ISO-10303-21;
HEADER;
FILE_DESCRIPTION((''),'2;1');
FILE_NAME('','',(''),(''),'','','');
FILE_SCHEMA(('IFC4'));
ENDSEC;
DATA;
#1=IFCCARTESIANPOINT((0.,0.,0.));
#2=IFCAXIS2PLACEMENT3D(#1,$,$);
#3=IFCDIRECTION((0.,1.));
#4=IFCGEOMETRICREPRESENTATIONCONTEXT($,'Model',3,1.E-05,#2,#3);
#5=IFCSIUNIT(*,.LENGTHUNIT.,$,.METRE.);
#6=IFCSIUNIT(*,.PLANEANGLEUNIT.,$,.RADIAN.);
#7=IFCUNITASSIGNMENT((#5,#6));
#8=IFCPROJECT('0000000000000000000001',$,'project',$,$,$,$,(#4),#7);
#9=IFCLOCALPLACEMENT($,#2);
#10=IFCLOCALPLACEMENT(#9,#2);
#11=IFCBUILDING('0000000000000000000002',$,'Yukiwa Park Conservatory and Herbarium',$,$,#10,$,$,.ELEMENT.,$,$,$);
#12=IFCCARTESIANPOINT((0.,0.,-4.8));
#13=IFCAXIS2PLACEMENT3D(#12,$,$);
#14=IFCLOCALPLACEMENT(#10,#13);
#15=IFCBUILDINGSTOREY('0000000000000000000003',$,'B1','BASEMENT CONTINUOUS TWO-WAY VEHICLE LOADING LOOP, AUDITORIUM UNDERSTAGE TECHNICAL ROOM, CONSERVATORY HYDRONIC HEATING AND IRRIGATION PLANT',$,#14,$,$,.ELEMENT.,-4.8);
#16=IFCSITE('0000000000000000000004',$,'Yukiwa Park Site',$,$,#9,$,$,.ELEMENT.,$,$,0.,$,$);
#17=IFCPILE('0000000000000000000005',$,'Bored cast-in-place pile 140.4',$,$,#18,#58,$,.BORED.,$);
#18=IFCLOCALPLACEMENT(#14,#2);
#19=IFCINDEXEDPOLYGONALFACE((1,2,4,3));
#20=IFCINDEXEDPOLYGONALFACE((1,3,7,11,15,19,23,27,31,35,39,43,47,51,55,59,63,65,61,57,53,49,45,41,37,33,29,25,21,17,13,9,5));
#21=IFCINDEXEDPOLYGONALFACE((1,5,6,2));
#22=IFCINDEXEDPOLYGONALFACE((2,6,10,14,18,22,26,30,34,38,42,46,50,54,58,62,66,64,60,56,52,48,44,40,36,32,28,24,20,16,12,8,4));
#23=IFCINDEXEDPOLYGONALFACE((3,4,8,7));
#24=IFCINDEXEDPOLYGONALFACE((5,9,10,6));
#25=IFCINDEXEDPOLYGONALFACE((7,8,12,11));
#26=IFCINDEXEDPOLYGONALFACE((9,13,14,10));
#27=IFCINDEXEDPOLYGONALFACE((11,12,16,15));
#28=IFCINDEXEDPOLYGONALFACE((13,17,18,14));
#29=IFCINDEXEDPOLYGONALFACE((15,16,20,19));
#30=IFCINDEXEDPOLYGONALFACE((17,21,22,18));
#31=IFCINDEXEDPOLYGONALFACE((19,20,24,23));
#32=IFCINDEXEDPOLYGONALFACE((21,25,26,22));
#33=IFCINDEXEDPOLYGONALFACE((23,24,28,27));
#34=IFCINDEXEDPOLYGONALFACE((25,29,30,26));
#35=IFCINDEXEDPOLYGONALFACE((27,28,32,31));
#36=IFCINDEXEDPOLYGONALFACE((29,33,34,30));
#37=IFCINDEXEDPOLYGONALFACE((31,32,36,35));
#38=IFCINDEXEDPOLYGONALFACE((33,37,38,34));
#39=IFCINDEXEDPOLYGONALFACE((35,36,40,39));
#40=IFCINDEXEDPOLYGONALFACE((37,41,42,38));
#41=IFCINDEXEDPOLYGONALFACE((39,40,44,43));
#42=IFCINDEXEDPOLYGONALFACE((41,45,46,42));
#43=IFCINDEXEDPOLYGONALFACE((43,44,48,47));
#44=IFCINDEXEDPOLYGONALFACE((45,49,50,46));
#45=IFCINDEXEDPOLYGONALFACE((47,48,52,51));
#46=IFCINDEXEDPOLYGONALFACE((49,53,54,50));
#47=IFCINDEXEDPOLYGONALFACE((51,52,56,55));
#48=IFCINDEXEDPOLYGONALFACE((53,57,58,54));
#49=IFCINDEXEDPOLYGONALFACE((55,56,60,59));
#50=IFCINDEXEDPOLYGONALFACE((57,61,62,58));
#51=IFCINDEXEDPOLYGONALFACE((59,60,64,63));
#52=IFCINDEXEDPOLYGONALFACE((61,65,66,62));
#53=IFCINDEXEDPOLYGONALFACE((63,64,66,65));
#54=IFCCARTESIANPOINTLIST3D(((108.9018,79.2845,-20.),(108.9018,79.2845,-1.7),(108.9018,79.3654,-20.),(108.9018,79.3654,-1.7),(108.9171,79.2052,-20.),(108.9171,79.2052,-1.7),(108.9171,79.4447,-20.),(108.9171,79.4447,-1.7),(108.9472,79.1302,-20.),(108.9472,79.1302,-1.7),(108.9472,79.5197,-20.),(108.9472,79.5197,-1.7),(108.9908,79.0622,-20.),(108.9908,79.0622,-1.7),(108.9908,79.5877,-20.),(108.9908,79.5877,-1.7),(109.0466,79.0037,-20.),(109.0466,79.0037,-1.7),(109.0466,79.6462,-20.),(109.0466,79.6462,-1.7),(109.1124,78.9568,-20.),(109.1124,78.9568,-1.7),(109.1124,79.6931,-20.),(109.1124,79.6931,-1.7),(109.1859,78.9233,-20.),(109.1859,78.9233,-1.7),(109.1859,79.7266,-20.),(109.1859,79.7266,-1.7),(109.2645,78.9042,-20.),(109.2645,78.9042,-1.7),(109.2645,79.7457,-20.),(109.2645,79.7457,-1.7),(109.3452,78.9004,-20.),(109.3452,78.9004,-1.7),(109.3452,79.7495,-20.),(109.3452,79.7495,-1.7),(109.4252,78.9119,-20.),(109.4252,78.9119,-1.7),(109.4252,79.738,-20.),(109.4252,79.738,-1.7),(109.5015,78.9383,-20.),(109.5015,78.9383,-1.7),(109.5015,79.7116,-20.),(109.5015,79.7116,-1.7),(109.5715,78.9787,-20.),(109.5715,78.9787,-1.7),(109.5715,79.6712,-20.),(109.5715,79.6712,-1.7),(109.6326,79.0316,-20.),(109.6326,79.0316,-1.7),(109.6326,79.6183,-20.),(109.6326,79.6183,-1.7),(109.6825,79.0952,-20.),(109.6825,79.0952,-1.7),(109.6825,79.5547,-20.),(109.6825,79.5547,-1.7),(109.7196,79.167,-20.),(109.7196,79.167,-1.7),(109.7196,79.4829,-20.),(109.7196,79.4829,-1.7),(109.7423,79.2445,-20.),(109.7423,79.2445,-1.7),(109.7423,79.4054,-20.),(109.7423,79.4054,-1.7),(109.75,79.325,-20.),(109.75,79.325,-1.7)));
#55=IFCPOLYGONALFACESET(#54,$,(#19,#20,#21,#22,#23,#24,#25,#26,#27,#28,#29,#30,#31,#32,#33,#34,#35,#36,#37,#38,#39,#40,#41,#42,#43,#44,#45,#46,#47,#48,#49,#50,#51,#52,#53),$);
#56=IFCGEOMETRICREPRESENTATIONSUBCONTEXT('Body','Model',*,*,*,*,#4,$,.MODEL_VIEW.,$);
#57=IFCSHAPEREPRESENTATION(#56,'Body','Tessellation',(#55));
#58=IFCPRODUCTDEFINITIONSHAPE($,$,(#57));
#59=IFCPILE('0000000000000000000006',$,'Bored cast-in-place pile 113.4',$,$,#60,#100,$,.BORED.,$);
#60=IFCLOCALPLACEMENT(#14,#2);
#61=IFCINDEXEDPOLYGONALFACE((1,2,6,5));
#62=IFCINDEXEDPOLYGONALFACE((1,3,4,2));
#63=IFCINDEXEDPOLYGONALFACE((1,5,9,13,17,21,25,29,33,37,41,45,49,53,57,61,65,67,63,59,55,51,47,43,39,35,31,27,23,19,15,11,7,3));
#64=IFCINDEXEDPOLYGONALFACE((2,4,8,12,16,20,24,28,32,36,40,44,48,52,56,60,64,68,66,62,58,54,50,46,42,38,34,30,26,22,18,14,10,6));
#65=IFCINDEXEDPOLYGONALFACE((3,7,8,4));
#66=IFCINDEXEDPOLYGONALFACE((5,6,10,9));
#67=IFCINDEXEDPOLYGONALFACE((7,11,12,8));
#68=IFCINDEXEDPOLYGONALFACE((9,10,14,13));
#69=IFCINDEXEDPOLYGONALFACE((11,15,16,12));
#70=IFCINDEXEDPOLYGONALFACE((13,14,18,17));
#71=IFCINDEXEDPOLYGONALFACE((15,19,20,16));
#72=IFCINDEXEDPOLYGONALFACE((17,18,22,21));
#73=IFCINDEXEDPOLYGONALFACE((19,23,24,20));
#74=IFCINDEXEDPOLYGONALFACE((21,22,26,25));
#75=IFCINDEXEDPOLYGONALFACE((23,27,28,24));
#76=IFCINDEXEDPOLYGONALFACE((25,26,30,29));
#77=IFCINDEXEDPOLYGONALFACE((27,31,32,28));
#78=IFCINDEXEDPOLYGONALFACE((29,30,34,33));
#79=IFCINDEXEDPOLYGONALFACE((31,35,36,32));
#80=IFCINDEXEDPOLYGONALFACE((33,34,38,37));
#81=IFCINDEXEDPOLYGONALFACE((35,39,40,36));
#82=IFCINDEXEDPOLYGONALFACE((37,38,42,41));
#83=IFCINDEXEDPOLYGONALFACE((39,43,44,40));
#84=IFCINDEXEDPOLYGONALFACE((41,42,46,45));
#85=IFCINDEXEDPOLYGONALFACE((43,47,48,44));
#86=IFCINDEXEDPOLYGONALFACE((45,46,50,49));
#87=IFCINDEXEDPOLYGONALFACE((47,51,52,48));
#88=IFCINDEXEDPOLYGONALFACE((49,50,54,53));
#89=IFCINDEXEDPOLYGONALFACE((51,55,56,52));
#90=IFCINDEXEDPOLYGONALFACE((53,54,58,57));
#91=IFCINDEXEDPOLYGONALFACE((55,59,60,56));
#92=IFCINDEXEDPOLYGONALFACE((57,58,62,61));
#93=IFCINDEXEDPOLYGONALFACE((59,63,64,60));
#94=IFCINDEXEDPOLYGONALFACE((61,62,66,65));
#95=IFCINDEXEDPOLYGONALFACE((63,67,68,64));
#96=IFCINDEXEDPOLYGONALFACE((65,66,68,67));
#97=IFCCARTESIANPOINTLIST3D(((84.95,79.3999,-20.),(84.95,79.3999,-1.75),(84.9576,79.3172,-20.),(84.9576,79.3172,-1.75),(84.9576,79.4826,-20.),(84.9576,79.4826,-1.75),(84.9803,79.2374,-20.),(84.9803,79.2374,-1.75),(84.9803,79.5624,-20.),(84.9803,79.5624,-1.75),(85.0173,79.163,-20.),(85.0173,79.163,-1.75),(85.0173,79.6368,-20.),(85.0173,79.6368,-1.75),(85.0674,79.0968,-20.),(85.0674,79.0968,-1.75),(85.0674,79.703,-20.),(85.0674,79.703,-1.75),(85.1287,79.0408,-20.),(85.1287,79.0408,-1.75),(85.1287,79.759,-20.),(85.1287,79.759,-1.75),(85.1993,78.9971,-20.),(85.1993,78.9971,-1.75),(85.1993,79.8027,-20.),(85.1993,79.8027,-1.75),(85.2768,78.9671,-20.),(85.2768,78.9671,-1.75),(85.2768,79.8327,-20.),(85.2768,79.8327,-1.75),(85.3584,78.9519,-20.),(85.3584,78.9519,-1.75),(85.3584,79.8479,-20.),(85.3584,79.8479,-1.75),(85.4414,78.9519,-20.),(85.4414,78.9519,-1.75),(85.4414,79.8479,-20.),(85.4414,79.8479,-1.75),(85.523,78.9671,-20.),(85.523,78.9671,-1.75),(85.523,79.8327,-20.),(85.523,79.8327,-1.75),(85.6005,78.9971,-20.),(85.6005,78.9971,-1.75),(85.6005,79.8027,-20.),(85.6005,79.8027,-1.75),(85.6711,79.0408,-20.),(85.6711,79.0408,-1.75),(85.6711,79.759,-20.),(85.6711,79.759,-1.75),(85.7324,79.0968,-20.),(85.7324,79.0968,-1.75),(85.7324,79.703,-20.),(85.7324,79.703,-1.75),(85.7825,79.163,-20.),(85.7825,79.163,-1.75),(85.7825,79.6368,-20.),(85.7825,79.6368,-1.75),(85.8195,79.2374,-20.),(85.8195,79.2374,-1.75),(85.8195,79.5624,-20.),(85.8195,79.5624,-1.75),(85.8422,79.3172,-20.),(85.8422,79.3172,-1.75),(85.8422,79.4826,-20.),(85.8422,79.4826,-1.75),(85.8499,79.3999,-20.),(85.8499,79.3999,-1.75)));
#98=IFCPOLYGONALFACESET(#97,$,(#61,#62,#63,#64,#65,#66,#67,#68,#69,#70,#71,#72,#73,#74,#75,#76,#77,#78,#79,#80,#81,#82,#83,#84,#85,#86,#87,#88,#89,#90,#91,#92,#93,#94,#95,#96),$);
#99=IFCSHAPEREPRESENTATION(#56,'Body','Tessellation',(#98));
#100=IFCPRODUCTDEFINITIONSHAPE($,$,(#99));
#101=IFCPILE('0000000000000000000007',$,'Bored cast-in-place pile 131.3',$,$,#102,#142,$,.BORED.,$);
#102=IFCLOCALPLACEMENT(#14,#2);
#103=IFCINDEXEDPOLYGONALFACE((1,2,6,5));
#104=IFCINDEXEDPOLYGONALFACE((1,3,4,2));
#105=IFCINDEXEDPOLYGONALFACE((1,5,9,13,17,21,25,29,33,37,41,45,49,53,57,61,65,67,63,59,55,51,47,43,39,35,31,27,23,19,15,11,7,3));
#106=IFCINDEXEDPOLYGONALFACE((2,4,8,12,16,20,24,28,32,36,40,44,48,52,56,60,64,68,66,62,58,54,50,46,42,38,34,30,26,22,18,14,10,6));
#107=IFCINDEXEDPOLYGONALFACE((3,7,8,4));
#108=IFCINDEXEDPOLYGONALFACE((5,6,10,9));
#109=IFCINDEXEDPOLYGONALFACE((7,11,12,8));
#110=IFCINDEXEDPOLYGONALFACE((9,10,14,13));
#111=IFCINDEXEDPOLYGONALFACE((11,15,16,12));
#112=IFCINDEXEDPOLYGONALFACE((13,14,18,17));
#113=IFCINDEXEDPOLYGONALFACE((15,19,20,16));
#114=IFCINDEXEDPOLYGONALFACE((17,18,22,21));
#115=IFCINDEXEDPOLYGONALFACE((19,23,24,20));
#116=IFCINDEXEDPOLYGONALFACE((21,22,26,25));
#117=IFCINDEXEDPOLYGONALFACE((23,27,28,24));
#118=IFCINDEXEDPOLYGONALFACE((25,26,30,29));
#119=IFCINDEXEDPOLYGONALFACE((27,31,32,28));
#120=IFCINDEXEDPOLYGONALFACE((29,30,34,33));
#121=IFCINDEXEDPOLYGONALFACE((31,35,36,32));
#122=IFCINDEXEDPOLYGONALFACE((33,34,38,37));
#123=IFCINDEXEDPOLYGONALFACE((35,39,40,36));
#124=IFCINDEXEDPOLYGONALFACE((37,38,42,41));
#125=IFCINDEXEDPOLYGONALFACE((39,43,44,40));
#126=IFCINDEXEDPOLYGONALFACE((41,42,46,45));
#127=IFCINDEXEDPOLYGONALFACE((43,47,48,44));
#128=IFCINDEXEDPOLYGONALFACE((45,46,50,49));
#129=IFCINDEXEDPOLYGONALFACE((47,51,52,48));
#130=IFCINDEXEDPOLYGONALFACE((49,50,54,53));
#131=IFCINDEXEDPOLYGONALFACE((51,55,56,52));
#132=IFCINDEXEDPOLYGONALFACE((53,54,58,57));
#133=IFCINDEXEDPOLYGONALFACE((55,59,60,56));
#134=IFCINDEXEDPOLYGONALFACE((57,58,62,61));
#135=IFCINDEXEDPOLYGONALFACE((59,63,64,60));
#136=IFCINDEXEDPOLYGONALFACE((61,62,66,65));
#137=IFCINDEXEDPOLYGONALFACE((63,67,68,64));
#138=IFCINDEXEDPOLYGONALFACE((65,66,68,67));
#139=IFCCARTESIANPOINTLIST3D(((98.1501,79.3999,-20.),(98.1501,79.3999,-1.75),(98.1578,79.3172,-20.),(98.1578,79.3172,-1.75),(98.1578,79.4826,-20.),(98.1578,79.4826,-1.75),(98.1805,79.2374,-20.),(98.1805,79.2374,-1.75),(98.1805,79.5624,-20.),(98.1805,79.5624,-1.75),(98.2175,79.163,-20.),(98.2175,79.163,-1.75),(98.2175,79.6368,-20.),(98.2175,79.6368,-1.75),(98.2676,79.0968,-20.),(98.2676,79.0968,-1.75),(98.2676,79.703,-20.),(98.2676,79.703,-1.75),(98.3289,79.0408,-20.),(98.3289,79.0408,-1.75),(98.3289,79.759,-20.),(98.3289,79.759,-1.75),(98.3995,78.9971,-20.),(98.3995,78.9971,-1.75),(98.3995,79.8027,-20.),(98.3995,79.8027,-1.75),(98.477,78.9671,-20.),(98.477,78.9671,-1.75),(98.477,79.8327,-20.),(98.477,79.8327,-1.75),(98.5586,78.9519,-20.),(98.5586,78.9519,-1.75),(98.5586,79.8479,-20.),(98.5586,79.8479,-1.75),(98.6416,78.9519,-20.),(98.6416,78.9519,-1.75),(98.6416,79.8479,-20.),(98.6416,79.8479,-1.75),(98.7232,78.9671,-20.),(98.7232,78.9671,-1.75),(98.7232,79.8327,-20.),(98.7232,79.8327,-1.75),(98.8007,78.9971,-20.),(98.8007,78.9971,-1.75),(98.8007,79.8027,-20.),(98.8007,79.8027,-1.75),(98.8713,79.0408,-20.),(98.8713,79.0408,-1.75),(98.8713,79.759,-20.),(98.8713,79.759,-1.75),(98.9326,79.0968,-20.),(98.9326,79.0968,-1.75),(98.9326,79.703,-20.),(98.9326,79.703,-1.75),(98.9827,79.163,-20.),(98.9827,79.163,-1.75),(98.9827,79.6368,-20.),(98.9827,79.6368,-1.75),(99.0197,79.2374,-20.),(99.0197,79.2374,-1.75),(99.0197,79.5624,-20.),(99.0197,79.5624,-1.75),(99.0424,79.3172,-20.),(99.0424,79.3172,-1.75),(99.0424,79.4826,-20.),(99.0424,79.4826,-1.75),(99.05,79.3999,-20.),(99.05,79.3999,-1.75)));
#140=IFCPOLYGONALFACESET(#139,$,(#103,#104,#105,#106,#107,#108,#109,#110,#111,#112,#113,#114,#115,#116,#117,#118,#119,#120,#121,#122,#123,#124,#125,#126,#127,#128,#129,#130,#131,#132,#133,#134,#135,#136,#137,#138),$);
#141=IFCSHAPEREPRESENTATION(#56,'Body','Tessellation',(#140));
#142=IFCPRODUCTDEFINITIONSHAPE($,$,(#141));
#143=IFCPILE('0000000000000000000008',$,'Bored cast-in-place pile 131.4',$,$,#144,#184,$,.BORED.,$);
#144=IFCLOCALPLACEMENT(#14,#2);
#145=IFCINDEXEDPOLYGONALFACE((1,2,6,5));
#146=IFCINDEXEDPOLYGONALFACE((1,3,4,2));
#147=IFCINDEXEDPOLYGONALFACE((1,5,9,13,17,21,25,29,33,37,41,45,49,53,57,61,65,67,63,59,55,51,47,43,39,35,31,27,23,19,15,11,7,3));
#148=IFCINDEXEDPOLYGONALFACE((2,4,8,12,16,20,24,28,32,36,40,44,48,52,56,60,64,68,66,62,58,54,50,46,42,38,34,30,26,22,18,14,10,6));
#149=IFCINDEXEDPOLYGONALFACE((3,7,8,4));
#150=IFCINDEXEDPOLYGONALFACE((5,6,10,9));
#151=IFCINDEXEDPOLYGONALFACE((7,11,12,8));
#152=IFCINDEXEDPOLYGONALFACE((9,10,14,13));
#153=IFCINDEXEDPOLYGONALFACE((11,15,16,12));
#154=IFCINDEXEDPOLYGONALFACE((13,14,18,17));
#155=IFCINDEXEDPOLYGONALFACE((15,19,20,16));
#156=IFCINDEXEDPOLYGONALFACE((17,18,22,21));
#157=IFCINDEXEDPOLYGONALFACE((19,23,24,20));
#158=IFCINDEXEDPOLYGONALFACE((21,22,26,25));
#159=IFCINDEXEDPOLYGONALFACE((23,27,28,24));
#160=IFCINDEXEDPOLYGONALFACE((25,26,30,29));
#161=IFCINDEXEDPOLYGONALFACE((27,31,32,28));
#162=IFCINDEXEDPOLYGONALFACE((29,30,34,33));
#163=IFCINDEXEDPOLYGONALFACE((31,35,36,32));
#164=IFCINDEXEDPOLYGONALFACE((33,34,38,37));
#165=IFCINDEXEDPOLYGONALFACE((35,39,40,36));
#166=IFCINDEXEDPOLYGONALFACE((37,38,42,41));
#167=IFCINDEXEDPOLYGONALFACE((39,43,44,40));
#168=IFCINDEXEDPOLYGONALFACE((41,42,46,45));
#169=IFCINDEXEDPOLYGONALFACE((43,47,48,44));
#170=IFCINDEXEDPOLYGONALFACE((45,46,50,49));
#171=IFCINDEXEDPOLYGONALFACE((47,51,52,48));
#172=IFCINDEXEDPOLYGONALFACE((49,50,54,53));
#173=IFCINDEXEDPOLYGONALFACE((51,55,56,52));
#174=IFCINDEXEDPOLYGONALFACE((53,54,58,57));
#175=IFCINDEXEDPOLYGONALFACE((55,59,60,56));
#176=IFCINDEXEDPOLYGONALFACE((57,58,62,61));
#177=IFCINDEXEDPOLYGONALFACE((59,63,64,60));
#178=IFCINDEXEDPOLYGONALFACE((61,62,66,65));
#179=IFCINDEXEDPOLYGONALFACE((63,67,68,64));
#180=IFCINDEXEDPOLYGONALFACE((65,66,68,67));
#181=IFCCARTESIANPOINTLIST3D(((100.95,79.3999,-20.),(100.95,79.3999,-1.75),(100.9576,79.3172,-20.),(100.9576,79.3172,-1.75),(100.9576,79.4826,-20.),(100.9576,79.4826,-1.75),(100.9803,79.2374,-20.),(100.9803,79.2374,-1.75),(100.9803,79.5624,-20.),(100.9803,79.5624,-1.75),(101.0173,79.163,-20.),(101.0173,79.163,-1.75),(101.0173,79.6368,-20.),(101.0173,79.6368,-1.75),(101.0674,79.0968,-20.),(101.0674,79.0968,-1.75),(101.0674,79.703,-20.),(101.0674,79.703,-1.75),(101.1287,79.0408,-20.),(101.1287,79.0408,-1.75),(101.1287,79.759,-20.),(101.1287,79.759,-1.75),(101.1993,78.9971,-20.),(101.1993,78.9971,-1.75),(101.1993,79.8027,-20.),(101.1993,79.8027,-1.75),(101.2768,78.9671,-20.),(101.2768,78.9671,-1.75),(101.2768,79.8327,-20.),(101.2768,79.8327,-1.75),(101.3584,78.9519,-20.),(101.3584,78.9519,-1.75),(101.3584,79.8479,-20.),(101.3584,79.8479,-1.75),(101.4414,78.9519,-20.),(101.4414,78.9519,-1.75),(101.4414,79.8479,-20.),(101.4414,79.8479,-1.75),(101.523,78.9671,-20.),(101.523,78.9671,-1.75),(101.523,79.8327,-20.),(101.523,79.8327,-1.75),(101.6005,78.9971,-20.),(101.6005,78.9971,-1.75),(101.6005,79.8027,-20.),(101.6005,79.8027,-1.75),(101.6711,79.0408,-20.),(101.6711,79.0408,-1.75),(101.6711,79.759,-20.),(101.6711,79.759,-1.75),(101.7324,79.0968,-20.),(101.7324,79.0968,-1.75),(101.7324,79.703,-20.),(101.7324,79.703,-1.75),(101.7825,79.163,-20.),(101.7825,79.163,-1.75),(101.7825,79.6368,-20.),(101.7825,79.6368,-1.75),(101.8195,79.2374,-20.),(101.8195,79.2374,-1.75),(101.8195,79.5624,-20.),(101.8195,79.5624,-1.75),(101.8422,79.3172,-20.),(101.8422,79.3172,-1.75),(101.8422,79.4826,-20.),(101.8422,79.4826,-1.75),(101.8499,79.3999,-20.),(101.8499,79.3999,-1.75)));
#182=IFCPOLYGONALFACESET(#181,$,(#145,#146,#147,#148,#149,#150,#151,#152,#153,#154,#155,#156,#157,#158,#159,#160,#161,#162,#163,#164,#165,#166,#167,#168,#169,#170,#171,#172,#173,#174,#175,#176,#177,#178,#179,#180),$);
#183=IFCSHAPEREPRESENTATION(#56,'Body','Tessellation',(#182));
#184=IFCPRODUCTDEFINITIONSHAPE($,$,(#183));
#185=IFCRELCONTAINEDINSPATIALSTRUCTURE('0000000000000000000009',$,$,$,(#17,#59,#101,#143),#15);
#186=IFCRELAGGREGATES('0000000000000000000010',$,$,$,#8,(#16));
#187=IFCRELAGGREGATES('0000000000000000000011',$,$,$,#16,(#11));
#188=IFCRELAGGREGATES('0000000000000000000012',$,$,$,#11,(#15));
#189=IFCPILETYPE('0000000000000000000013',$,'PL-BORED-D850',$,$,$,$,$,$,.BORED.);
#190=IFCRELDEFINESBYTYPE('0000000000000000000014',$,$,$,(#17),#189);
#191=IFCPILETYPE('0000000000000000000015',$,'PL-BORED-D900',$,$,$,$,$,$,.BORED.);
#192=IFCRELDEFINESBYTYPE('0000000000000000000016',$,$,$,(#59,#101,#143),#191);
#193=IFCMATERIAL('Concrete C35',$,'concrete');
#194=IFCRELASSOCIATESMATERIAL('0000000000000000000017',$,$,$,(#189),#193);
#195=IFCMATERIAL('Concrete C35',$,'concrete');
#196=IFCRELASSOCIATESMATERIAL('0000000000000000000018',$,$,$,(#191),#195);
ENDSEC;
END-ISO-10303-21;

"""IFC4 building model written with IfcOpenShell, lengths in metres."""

from ifc_helpers import new_model, si_unit, direction, frame, origin, origin_2d, place, context, subcontext, project, spatial, circle, extrude, material, material_profile, profile_set, type_object, element, save


model = new_model("IFC4")

# Units and contexts
model_context = context("Model", 3, precision=1e-05, world=origin(), true_north=direction((0.0, 1.0)))
body_context = subcontext(model_context, "Body", "Model", "MODEL_VIEW")
ifc_project = project(units=[si_unit("LENGTHUNIT", "METRE"), si_unit("PLANEANGLEUNIT", "RADIAN")], contexts=[model_context])

# Site, building, storey
site_placement = place(None, origin())
site = spatial("IfcSite", under=ifc_project, at=site_placement, Name="Yukiwa Park Site", CompositionType="ELEMENT", RefElevation=0.0)
building_placement = place(site_placement, origin())
building = spatial("IfcBuilding", under=site, at=building_placement, Name="Yukiwa Park Conservatory and Herbarium", CompositionType="ELEMENT")
storey_placement = place(building_placement, frame((0.0, 0.0, -4.8)))
storey = spatial("IfcBuildingStorey", under=building, at=storey_placement, Name="B1", Description="BASEMENT CONTINUOUS TWO-WAY VEHICLE LOADING LOOP, AUDITORIUM UNDERSTAGE TECHNICAL ROOM, CONSERVATORY HYDRONIC HEATING AND IRRIGATION PLANT", CompositionType="ELEMENT", Elevation=-4.8)

# Piles
ifc_material_1 = material(Name="Concrete C35", Category="concrete")
ifc_material_profile_1 = material_profile(ifc_material_1, circle(Radius=0.425, at=origin_2d()), Name="PILE D850")
ifc_profile_set_1 = profile_set([ifc_material_profile_1], Name="Concrete C35")
pile_type_1 = type_object("IfcPileType", Name="PL-BORED-D850", PredefinedType="BORED", material=ifc_profile_set_1)
for number, where, z_axis, x_axis, name in (
    (1, (109.325, 79.325, -1.7), (0.0, 0.0, -1.0), (1.0, 0.0, 0.0), "Bored cast-in-place pile 140.4"),
):
    element("IfcPile", number, at=place(storey_placement, frame(where, z_axis=z_axis, x_axis=x_axis)), inside=storey, type_object=pile_type_1, Name=name, PredefinedType="BORED", context=body_context, shape_type="SweptSolid", body=[
        extrude(circle(Radius=0.425, at=origin_2d()), origin(), (0.0, 0.0, 1.0), 18.3),
    ])
ifc_material_2 = material(Name="Concrete C35", Category="concrete")
ifc_material_profile_2 = material_profile(ifc_material_2, circle(Radius=0.45, at=origin_2d()), Name="PILE D900")
ifc_profile_set_2 = profile_set([ifc_material_profile_2], Name="Concrete C35")
pile_type_2 = type_object("IfcPileType", Name="PL-BORED-D900", PredefinedType="BORED", material=ifc_profile_set_2)
for number, where, z_axis, x_axis, name in (
    (2, (85.3999, 79.3999, -1.75), (0.0, 0.0, -1.0), (1.0, 0.0, 0.0), "Bored cast-in-place pile 113.4"),
    (3, (98.6001, 79.3999, -1.75), (0.0, 0.0, -1.0), (1.0, 0.0, 0.0), "Bored cast-in-place pile 131.3"),
    (4, (101.3999, 79.3999, -1.75), (0.0, 0.0, -1.0), (1.0, 0.0, 0.0), "Bored cast-in-place pile 131.4"),
):
    element("IfcPile", number, at=place(storey_placement, frame(where, z_axis=z_axis, x_axis=x_axis)), inside=storey, type_object=pile_type_2, Name=name, PredefinedType="BORED", context=body_context, shape_type="SweptSolid", body=[
        extrude(circle(Radius=0.45, at=origin_2d()), origin(), (0.0, 0.0, 1.0), 18.25),
    ])

save(model, "model.ifc")
